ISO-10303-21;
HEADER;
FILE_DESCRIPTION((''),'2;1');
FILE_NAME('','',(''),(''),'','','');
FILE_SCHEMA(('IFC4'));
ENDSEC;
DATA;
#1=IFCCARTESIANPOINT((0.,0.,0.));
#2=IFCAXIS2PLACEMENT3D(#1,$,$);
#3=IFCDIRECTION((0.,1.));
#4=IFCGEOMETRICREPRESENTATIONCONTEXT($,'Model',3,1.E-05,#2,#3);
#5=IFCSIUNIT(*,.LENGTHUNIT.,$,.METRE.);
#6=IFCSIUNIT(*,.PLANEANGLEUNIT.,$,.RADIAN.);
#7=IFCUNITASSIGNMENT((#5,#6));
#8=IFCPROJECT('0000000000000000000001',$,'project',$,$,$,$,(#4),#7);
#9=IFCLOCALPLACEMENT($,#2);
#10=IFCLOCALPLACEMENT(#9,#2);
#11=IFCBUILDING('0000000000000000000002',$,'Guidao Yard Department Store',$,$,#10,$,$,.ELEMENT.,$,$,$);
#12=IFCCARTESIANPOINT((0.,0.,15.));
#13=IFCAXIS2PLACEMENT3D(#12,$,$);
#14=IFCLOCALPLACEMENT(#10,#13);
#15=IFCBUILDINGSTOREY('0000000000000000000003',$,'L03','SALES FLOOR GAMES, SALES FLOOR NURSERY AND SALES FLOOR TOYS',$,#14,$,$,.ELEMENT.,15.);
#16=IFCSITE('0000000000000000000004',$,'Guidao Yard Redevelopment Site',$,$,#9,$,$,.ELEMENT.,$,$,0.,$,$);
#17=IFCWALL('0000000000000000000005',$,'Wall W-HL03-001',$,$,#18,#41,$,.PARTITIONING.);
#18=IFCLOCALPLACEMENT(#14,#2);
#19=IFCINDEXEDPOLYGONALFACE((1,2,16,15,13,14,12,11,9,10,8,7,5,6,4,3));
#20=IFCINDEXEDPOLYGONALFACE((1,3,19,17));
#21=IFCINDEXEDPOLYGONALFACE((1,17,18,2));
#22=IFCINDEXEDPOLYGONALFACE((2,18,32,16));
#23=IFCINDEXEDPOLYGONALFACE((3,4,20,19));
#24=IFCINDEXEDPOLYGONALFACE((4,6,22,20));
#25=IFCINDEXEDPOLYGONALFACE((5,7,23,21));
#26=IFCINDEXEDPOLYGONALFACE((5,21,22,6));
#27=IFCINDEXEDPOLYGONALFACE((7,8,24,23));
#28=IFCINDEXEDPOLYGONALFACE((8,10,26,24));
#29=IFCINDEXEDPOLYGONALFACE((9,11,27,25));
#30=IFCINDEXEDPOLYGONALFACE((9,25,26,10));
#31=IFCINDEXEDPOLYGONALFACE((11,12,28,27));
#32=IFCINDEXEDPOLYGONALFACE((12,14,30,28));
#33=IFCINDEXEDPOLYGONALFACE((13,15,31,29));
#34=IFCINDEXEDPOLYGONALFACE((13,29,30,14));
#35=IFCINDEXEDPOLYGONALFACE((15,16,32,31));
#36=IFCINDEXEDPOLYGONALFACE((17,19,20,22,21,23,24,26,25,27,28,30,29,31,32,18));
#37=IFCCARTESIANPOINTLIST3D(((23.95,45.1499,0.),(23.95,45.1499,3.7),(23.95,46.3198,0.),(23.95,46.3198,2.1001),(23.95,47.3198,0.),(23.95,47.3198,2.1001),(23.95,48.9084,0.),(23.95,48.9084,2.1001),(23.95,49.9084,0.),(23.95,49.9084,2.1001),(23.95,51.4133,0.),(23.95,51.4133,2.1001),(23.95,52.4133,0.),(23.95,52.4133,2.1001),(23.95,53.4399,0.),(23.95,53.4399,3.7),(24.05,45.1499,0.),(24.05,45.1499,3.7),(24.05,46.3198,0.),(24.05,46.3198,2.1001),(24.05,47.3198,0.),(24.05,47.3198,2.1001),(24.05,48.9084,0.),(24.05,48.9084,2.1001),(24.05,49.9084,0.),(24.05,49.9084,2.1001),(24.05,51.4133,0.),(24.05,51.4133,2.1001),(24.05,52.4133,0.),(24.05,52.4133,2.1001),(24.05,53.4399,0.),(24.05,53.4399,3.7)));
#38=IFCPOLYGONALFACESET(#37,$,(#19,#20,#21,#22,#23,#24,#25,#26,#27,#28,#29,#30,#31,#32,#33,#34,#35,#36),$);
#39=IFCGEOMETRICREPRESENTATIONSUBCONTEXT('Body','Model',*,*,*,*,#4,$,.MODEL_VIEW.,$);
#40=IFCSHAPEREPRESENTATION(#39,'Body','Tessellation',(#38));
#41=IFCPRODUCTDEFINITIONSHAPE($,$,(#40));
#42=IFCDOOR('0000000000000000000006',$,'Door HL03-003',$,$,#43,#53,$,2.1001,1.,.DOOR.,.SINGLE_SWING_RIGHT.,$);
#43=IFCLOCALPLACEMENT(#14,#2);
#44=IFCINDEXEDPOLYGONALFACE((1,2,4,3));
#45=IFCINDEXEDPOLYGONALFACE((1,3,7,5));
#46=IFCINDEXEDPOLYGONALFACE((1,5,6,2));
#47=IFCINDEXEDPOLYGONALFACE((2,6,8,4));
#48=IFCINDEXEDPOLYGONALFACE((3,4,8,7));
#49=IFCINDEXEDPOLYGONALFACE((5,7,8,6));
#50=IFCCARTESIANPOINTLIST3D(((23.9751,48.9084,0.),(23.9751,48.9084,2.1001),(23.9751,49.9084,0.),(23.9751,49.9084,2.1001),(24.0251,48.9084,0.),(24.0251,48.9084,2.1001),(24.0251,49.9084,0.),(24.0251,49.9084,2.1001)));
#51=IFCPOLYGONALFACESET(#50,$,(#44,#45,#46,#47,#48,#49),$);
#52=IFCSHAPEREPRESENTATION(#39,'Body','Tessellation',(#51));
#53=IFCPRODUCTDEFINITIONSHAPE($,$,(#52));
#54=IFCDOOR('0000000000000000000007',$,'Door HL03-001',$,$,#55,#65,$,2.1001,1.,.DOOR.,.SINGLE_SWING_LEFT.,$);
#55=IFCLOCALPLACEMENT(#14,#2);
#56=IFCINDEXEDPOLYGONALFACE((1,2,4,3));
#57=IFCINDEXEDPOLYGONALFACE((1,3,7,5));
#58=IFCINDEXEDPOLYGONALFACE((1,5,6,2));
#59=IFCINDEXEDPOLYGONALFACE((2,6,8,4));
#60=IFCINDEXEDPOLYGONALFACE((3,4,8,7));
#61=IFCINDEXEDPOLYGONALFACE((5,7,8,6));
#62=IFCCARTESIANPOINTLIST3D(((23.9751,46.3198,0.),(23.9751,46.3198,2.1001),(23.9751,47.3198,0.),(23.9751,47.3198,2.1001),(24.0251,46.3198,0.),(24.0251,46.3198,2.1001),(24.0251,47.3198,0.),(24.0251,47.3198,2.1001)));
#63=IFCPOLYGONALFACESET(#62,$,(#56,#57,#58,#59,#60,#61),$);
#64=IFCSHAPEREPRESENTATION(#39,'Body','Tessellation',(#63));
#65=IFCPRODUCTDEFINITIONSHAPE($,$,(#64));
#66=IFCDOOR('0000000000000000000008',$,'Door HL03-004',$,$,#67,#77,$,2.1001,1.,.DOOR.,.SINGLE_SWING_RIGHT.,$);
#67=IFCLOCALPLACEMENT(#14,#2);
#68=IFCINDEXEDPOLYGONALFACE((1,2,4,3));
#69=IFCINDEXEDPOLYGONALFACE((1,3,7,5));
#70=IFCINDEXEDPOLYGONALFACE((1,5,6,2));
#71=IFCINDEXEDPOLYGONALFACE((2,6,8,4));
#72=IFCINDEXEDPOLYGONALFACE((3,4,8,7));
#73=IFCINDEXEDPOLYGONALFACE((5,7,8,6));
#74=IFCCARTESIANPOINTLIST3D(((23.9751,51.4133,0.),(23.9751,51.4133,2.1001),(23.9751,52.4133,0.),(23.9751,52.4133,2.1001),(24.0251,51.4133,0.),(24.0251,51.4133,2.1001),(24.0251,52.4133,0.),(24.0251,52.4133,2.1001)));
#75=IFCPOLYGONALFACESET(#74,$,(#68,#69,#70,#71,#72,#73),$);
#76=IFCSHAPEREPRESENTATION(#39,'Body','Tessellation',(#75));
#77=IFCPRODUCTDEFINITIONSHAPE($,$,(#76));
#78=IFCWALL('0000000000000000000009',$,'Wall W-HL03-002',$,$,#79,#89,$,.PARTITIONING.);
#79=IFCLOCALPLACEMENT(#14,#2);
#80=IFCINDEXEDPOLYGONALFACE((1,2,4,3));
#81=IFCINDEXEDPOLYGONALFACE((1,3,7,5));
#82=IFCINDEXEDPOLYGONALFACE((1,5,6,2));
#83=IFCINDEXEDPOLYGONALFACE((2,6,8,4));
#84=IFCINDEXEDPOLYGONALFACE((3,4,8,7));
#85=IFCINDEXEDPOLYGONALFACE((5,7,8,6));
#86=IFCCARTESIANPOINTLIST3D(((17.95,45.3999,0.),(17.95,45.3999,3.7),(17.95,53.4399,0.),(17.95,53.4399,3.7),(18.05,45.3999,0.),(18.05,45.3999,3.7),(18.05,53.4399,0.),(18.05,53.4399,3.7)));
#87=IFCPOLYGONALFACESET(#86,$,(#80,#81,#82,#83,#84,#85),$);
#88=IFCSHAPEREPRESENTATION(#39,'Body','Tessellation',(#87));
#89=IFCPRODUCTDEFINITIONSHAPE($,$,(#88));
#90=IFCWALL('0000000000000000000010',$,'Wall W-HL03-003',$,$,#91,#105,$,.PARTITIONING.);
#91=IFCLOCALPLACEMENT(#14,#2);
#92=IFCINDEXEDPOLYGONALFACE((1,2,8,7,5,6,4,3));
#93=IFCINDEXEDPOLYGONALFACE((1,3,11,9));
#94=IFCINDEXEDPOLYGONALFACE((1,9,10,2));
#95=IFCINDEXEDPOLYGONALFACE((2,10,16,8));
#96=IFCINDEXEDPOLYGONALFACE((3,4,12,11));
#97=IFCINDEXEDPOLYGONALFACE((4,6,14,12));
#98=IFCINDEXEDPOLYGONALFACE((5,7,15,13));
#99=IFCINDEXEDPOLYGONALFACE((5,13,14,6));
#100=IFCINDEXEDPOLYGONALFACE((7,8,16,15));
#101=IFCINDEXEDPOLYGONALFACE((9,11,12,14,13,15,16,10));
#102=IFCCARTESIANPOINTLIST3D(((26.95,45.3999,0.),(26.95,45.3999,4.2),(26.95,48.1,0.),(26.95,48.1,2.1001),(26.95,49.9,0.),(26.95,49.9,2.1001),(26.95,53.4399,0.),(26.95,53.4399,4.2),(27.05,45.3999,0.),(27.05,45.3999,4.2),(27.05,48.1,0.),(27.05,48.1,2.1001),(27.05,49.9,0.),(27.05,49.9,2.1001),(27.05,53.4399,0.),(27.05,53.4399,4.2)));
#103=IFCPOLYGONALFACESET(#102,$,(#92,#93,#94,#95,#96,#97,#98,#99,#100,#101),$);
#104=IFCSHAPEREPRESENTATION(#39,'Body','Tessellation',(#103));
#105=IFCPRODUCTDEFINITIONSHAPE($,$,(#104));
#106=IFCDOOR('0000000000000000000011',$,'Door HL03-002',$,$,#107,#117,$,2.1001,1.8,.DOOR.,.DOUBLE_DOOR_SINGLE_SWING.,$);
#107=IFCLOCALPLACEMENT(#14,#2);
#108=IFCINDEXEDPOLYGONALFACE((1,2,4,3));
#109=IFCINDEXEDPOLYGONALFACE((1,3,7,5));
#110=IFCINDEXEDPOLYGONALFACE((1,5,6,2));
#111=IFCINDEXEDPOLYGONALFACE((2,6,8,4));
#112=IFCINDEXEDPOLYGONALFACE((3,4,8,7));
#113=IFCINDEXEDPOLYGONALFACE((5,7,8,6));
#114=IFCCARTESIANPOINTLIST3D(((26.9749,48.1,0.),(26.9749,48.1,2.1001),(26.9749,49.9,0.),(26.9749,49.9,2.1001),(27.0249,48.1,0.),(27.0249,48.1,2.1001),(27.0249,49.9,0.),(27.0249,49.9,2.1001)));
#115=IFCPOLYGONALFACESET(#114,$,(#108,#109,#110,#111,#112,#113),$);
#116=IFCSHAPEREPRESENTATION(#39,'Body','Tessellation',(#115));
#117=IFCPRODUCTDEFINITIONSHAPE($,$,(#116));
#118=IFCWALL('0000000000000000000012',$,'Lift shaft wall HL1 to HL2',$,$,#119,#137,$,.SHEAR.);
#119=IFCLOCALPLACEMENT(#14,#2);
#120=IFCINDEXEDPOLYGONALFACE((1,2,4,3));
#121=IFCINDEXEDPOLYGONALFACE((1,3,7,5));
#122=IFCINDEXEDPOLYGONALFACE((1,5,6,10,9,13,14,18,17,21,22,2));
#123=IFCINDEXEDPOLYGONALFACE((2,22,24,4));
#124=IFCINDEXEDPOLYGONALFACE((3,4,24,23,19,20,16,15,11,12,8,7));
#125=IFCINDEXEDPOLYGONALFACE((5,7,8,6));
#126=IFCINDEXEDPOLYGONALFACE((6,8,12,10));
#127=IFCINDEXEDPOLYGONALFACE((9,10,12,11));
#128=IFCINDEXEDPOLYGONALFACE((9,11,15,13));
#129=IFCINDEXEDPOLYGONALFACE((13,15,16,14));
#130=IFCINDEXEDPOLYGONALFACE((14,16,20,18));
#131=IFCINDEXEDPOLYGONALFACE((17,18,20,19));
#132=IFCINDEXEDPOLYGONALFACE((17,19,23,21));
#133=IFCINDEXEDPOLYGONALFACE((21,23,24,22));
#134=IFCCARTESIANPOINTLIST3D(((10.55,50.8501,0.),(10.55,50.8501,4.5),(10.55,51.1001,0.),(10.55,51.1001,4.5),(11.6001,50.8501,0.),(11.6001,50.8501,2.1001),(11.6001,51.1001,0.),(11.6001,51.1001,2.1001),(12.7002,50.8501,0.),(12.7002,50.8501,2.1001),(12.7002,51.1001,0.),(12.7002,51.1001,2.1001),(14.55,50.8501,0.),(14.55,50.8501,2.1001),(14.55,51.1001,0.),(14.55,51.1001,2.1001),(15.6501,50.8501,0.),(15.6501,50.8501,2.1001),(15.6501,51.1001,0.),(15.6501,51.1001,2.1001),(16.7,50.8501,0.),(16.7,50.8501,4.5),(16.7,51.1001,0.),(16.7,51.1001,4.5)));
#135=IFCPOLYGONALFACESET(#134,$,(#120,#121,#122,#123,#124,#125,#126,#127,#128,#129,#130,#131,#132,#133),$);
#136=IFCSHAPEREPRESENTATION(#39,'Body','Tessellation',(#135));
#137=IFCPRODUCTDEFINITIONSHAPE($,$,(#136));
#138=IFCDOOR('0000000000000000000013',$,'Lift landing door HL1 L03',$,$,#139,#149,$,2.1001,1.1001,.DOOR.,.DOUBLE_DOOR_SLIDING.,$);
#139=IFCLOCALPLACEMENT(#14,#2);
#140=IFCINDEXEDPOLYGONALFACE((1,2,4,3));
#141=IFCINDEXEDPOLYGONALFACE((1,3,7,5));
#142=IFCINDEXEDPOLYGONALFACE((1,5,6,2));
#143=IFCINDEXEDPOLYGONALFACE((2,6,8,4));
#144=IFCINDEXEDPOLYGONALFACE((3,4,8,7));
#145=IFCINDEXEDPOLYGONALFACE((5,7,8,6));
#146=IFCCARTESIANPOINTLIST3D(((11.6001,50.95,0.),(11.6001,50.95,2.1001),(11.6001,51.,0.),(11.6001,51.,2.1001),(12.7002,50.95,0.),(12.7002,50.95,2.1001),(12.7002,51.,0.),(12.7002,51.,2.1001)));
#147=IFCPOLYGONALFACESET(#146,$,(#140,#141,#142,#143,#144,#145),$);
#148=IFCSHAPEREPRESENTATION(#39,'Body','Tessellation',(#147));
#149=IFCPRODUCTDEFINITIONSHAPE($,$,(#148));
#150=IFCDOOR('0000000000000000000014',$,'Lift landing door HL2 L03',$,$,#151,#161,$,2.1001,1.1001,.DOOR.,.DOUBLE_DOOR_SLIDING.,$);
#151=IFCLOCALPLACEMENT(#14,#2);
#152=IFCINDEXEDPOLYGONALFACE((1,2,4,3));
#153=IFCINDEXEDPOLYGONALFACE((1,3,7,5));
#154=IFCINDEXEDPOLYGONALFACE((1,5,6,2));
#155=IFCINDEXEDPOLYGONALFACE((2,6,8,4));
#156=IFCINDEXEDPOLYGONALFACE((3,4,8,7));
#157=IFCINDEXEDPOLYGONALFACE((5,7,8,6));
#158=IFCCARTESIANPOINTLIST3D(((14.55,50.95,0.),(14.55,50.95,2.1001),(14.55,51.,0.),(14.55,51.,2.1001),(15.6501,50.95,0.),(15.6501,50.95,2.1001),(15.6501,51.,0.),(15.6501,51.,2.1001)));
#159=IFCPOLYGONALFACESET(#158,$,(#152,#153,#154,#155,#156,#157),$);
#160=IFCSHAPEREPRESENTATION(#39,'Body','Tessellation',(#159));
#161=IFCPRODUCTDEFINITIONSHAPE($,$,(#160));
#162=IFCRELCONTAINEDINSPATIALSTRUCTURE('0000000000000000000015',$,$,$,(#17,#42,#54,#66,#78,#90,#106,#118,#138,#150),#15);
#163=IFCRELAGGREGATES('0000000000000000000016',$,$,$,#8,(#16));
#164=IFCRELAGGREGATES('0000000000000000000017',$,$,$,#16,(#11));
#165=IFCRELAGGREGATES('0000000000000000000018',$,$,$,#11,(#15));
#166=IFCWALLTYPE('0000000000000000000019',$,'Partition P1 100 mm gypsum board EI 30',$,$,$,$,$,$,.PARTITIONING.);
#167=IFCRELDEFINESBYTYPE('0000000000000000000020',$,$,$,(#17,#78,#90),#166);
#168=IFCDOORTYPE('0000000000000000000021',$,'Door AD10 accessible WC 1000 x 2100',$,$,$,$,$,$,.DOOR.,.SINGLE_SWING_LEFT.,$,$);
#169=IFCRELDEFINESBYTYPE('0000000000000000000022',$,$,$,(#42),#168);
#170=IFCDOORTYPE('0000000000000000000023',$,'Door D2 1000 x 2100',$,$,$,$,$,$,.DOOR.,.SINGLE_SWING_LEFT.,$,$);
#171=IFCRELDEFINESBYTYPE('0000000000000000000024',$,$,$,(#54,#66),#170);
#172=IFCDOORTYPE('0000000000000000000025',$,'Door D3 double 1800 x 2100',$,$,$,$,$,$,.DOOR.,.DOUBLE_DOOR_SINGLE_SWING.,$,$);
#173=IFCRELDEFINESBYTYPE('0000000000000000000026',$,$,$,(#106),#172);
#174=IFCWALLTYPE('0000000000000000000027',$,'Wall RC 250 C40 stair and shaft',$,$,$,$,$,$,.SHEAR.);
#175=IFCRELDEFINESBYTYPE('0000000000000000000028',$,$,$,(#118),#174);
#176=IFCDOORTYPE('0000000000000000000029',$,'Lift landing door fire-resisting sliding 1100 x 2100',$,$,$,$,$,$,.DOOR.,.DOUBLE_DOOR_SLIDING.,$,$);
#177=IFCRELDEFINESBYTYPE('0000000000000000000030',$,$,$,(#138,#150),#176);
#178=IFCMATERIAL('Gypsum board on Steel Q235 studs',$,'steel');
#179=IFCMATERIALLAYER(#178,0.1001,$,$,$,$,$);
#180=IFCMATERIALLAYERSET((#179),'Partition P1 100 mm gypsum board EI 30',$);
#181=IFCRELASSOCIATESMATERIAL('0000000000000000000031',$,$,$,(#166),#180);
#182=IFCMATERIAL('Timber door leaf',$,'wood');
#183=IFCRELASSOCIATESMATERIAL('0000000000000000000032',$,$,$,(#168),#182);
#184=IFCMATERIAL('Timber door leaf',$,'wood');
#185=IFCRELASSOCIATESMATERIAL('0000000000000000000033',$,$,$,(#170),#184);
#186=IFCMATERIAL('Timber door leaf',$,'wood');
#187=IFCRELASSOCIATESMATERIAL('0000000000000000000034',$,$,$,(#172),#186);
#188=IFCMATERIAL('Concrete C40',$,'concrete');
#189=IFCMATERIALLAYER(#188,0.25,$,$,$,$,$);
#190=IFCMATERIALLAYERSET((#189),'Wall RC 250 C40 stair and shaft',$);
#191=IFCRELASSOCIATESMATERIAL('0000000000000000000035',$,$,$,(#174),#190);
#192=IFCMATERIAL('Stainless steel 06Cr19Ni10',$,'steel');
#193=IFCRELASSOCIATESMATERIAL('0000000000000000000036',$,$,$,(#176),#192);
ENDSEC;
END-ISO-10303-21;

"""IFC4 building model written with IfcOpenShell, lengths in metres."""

from ifc_helpers import new_model, si_unit, direction, frame, frame_2d, origin, place, context, subcontext, project, spatial, rectangle, extrude, material, layer, layer_set, type_object, element, fill, save


model = new_model("IFC4")

# Units and contexts
model_context = context("Model", 3, precision=1e-05, world=origin(), true_north=direction((0.0, 1.0)))
body_context = subcontext(model_context, "Body", "Model", "MODEL_VIEW")
ifc_project = project(units=[si_unit("LENGTHUNIT", "METRE"), si_unit("PLANEANGLEUNIT", "RADIAN")], contexts=[model_context])

# Site, building, storey
site_placement = place(None, origin())
site = spatial("IfcSite", under=ifc_project, at=site_placement, Name="Guidao Yard Redevelopment Site", CompositionType="ELEMENT", RefElevation=0.0)
building_placement = place(site_placement, origin())
building = spatial("IfcBuilding", under=site, at=building_placement, Name="Guidao Yard Department Store", CompositionType="ELEMENT")
storey_placement = place(building_placement, frame((0.0, 0.0, 15.0)))
storey = spatial("IfcBuildingStorey", under=building, at=storey_placement, Name="L03", Description="SALES FLOOR GAMES, SALES FLOOR NURSERY AND SALES FLOOR TOYS", CompositionType="ELEMENT", Elevation=15.0)

# Wall, openings, doors
ifc_material_1 = material(Name="Gypsum board on Steel Q235 studs", Category="steel")
ifc_layer_1 = layer(ifc_material_1, 0.1001)
ifc_layer_set_1 = layer_set([ifc_layer_1], Name="Partition P1 100 mm gypsum board EI 30")
wall_type_1 = type_object("IfcWallType", Name="Partition P1 100 mm gypsum board EI 30", PredefinedType="PARTITIONING", material=ifc_layer_set_1)
wall_1_placement = place(storey_placement, frame((24.0, 45.1499, 0.0), z_axis=(0.0, 0.0, 1.0), x_axis=(0.0, 1.0, 0.0)))
wall_1 = element("IfcWall", 1, at=wall_1_placement, inside=storey, type_object=wall_type_1, Name="Wall W-HL03-001", PredefinedType="PARTITIONING", context=body_context, shape_type="SweptSolid", body=[
    extrude(rectangle(XDim=8.29, YDim=0.1001, at=frame_2d((4.145, 0.0))), origin(), (0.0, 0.0, 1.0), 3.7),
])
opening_1_placement = place(wall_1_placement, frame((1.1699, 0.0, 0.0)))
opening_1 = element("IfcOpeningElement", 2, at=opening_1_placement, cuts=wall_1, PredefinedType="OPENING", context=body_context, shape_type="SweptSolid", body=[
    extrude(rectangle(XDim=1.0, YDim=2.1001, at=frame_2d((0.5, 1.05))), frame((0.0, 0.0601, 0.0), z_axis=(0.0, -1.0, 0.0), x_axis=(1.0, 0.0, 0.0)), (0.0, 0.0, 1.0), 0.1201),
])
opening_2_placement = place(wall_1_placement, frame((3.7585, 0.0, 0.0)))
opening_2 = element("IfcOpeningElement", 3, at=opening_2_placement, cuts=wall_1, PredefinedType="OPENING", context=body_context, shape_type="SweptSolid", body=[
    extrude(rectangle(XDim=1.0, YDim=2.1001, at=frame_2d((0.5, 1.05))), frame((0.0, 0.0601, 0.0), z_axis=(0.0, -1.0, 0.0), x_axis=(1.0, 0.0, 0.0)), (0.0, 0.0, 1.0), 0.1201),
])
opening_3_placement = place(wall_1_placement, frame((6.2634, 0.0, 0.0)))
opening_3 = element("IfcOpeningElement", 4, at=opening_3_placement, cuts=wall_1, PredefinedType="OPENING", context=body_context, shape_type="SweptSolid", body=[
    extrude(rectangle(XDim=1.0, YDim=2.1001, at=frame_2d((0.5, 1.05))), frame((0.0, 0.0601, 0.0), z_axis=(0.0, -1.0, 0.0), x_axis=(1.0, 0.0, 0.0)), (0.0, 0.0, 1.0), 0.1201),
])
ifc_material_2 = material(Name="Timber door leaf", Category="wood")
door_type_1 = type_object("IfcDoorType", Name="Door AD10 accessible WC 1000 x 2100", OperationType="SINGLE_SWING_LEFT", PredefinedType="DOOR", material=ifc_material_2)
door_1_placement = place(opening_2_placement, origin())
door_1 = element("IfcDoor", 5, at=door_1_placement, inside=storey, type_object=door_type_1, Name="Door HL03-003", OperationType="SINGLE_SWING_RIGHT", OverallHeight=2.1001, OverallWidth=1.0, PredefinedType="DOOR", context=body_context, shape_type="SweptSolid", body=[
    extrude(rectangle(XDim=1.0, YDim=2.1001, at=frame_2d((0.5, 1.05))), frame((0.0, 0.0249, 0.0), z_axis=(0.0, -1.0, 0.0), x_axis=(1.0, 0.0, 0.0)), (0.0, 0.0, 1.0), 0.05),
])
fill(opening_2, door_1)
ifc_material_3 = material(Name="Timber door leaf", Category="wood")
door_type_2 = type_object("IfcDoorType", Name="Door D2 1000 x 2100", OperationType="SINGLE_SWING_LEFT", PredefinedType="DOOR", material=ifc_material_3)
door_2_placement = place(opening_1_placement, origin())
door_2 = element("IfcDoor", 6, at=door_2_placement, inside=storey, type_object=door_type_2, Name="Door HL03-001", OperationType="SINGLE_SWING_LEFT", OverallHeight=2.1001, OverallWidth=1.0, PredefinedType="DOOR", context=body_context, shape_type="SweptSolid", body=[
    extrude(rectangle(XDim=1.0, YDim=2.1001, at=frame_2d((0.5, 1.05))), frame((0.0, 0.0249, 0.0), z_axis=(0.0, -1.0, 0.0), x_axis=(1.0, 0.0, 0.0)), (0.0, 0.0, 1.0), 0.05),
])
fill(opening_1, door_2)
door_3_placement = place(opening_3_placement, origin())
door_3 = element("IfcDoor", 7, at=door_3_placement, inside=storey, type_object=door_type_2, Name="Door HL03-004", OperationType="SINGLE_SWING_RIGHT", OverallHeight=2.1001, OverallWidth=1.0, PredefinedType="DOOR", context=body_context, shape_type="SweptSolid", body=[
    extrude(rectangle(XDim=1.0, YDim=2.1001, at=frame_2d((0.5, 1.05))), frame((0.0, 0.0249, 0.0), z_axis=(0.0, -1.0, 0.0), x_axis=(1.0, 0.0, 0.0)), (0.0, 0.0, 1.0), 0.05),
])
fill(opening_3, door_3)

# Wall
wall_2_placement = place(storey_placement, frame((18.0, 45.3999, 0.0), z_axis=(0.0, 0.0, 1.0), x_axis=(0.0, 1.0, 0.0)))
element("IfcWall", 8, at=wall_2_placement, inside=storey, type_object=wall_type_1, Name="Wall W-HL03-002", PredefinedType="PARTITIONING", context=body_context, shape_type="SweptSolid", body=[
    extrude(rectangle(XDim=8.04, YDim=0.1001, at=frame_2d((4.02, 0.0))), origin(), (0.0, 0.0, 1.0), 3.7),
])

# Wall, opening, door
wall_3_placement = place(storey_placement, frame((27.0, 45.3999, 0.0), z_axis=(0.0, 0.0, 1.0), x_axis=(0.0, 1.0, 0.0)))
wall_3 = element("IfcWall", 9, at=wall_3_placement, inside=storey, type_object=wall_type_1, Name="Wall W-HL03-003", PredefinedType="PARTITIONING", context=body_context, shape_type="SweptSolid", body=[
    extrude(rectangle(XDim=8.04, YDim=0.1001, at=frame_2d((4.02, 0.0))), origin(), (0.0, 0.0, 1.0), 4.2),
])
opening_4_placement = place(wall_3_placement, frame((4.5, 0.0, 0.0), z_axis=(0.0, 0.0, 1.0), x_axis=(-1.0, 0.0, 0.0)))
opening_4 = element("IfcOpeningElement", 10, at=opening_4_placement, cuts=wall_3, PredefinedType="OPENING", context=body_context, shape_type="SweptSolid", body=[
    extrude(rectangle(XDim=1.8, YDim=2.1001, at=frame_2d((0.8999, 1.05))), frame((0.0, 0.0601, 0.0), z_axis=(0.0, -1.0, 0.0), x_axis=(1.0, 0.0, 0.0)), (0.0, 0.0, 1.0), 0.1201),
])
ifc_material_4 = material(Name="Timber door leaf", Category="wood")
door_type_3 = type_object("IfcDoorType", Name="Door D3 double 1800 x 2100", OperationType="DOUBLE_DOOR_SINGLE_SWING", PredefinedType="DOOR", material=ifc_material_4)
door_4_placement = place(opening_4_placement, origin())
door_4 = element("IfcDoor", 11, at=door_4_placement, inside=storey, type_object=door_type_3, Name="Door HL03-002", OperationType="DOUBLE_DOOR_SINGLE_SWING", OverallHeight=2.1001, OverallWidth=1.8, PredefinedType="DOOR", context=body_context, shape_type="SweptSolid", body=[
    extrude(rectangle(XDim=1.8, YDim=2.1001, at=frame_2d((0.8999, 1.05))), frame((0.0, 0.0249, 0.0), z_axis=(0.0, -1.0, 0.0), x_axis=(1.0, 0.0, 0.0)), (0.0, 0.0, 1.0), 0.05),
])
fill(opening_4, door_4)

# Wall, openings, doors
ifc_material_5 = material(Name="Concrete C40", Category="concrete")
ifc_layer_2 = layer(ifc_material_5, 0.25)
ifc_layer_set_2 = layer_set([ifc_layer_2], Name="Wall RC 250 C40 stair and shaft")
wall_type_2 = type_object("IfcWallType", Name="Wall RC 250 C40 stair and shaft", PredefinedType="SHEAR", material=ifc_layer_set_2)
wall_4_placement = place(storey_placement, frame((10.55, 50.9751, 0.0), z_axis=(0.0, 0.0, 1.0), x_axis=(1.0, 0.0, 0.0)))
wall_4 = element("IfcWall", 12, at=wall_4_placement, inside=storey, type_object=wall_type_2, Name="Lift shaft wall HL1 to HL2", PredefinedType="SHEAR", context=body_context, shape_type="SweptSolid", body=[
    extrude(rectangle(XDim=6.1499, YDim=0.25, at=frame_2d((3.075, 0.0))), origin(), (0.0, 0.0, 1.0), 4.5),
])
opening_5_placement = place(wall_4_placement, frame((1.05, 0.0, 0.0)))
opening_5 = element("IfcOpeningElement", 13, at=opening_5_placement, cuts=wall_4, PredefinedType="OPENING", context=body_context, shape_type="SweptSolid", body=[
    extrude(rectangle(XDim=1.1001, YDim=2.1001, at=frame_2d((0.55, 1.05))), frame((0.0, 0.135, 0.0), z_axis=(0.0, -1.0, 0.0), x_axis=(1.0, 0.0, 0.0)), (0.0, 0.0, 1.0), 0.27),
])
opening_6_placement = place(wall_4_placement, frame((4.0, 0.0, 0.0)))
opening_6 = element("IfcOpeningElement", 14, at=opening_6_placement, cuts=wall_4, PredefinedType="OPENING", context=body_context, shape_type="SweptSolid", body=[
    extrude(rectangle(XDim=1.1001, YDim=2.1001, at=frame_2d((0.55, 1.05))), frame((0.0, 0.135, 0.0), z_axis=(0.0, -1.0, 0.0), x_axis=(1.0, 0.0, 0.0)), (0.0, 0.0, 1.0), 0.27),
])
ifc_material_6 = material(Name="Stainless steel 06Cr19Ni10", Category="steel")
door_type_4 = type_object("IfcDoorType", Name="Lift landing door fire-resisting sliding 1100 x 2100", OperationType="DOUBLE_DOOR_SLIDING", PredefinedType="DOOR", material=ifc_material_6)
door_5_placement = place(opening_5_placement, origin())
door_5 = element("IfcDoor", 15, at=door_5_placement, inside=storey, type_object=door_type_4, Name="Lift landing door HL1 L03", OperationType="DOUBLE_DOOR_SLIDING", OverallHeight=2.1001, OverallWidth=1.1001, PredefinedType="DOOR", context=body_context, shape_type="SweptSolid", body=[
    extrude(rectangle(XDim=1.1001, YDim=2.1001, at=frame_2d((0.55, 1.05))), frame((0.0, 0.0249, 0.0), z_axis=(0.0, -1.0, 0.0), x_axis=(1.0, 0.0, 0.0)), (0.0, 0.0, 1.0), 0.05),
])
fill(opening_5, door_5)
door_6_placement = place(opening_6_placement, origin())
door_6 = element("IfcDoor", 16, at=door_6_placement, inside=storey, type_object=door_type_4, Name="Lift landing door HL2 L03", OperationType="DOUBLE_DOOR_SLIDING", OverallHeight=2.1001, OverallWidth=1.1001, PredefinedType="DOOR", context=body_context, shape_type="SweptSolid", body=[
    extrude(rectangle(XDim=1.1001, YDim=2.1001, at=frame_2d((0.55, 1.05))), frame((0.0, 0.0249, 0.0), z_axis=(0.0, -1.0, 0.0), x_axis=(1.0, 0.0, 0.0)), (0.0, 0.0, 1.0), 0.05),
])
fill(opening_6, door_6)

save(model, "model.ifc")
